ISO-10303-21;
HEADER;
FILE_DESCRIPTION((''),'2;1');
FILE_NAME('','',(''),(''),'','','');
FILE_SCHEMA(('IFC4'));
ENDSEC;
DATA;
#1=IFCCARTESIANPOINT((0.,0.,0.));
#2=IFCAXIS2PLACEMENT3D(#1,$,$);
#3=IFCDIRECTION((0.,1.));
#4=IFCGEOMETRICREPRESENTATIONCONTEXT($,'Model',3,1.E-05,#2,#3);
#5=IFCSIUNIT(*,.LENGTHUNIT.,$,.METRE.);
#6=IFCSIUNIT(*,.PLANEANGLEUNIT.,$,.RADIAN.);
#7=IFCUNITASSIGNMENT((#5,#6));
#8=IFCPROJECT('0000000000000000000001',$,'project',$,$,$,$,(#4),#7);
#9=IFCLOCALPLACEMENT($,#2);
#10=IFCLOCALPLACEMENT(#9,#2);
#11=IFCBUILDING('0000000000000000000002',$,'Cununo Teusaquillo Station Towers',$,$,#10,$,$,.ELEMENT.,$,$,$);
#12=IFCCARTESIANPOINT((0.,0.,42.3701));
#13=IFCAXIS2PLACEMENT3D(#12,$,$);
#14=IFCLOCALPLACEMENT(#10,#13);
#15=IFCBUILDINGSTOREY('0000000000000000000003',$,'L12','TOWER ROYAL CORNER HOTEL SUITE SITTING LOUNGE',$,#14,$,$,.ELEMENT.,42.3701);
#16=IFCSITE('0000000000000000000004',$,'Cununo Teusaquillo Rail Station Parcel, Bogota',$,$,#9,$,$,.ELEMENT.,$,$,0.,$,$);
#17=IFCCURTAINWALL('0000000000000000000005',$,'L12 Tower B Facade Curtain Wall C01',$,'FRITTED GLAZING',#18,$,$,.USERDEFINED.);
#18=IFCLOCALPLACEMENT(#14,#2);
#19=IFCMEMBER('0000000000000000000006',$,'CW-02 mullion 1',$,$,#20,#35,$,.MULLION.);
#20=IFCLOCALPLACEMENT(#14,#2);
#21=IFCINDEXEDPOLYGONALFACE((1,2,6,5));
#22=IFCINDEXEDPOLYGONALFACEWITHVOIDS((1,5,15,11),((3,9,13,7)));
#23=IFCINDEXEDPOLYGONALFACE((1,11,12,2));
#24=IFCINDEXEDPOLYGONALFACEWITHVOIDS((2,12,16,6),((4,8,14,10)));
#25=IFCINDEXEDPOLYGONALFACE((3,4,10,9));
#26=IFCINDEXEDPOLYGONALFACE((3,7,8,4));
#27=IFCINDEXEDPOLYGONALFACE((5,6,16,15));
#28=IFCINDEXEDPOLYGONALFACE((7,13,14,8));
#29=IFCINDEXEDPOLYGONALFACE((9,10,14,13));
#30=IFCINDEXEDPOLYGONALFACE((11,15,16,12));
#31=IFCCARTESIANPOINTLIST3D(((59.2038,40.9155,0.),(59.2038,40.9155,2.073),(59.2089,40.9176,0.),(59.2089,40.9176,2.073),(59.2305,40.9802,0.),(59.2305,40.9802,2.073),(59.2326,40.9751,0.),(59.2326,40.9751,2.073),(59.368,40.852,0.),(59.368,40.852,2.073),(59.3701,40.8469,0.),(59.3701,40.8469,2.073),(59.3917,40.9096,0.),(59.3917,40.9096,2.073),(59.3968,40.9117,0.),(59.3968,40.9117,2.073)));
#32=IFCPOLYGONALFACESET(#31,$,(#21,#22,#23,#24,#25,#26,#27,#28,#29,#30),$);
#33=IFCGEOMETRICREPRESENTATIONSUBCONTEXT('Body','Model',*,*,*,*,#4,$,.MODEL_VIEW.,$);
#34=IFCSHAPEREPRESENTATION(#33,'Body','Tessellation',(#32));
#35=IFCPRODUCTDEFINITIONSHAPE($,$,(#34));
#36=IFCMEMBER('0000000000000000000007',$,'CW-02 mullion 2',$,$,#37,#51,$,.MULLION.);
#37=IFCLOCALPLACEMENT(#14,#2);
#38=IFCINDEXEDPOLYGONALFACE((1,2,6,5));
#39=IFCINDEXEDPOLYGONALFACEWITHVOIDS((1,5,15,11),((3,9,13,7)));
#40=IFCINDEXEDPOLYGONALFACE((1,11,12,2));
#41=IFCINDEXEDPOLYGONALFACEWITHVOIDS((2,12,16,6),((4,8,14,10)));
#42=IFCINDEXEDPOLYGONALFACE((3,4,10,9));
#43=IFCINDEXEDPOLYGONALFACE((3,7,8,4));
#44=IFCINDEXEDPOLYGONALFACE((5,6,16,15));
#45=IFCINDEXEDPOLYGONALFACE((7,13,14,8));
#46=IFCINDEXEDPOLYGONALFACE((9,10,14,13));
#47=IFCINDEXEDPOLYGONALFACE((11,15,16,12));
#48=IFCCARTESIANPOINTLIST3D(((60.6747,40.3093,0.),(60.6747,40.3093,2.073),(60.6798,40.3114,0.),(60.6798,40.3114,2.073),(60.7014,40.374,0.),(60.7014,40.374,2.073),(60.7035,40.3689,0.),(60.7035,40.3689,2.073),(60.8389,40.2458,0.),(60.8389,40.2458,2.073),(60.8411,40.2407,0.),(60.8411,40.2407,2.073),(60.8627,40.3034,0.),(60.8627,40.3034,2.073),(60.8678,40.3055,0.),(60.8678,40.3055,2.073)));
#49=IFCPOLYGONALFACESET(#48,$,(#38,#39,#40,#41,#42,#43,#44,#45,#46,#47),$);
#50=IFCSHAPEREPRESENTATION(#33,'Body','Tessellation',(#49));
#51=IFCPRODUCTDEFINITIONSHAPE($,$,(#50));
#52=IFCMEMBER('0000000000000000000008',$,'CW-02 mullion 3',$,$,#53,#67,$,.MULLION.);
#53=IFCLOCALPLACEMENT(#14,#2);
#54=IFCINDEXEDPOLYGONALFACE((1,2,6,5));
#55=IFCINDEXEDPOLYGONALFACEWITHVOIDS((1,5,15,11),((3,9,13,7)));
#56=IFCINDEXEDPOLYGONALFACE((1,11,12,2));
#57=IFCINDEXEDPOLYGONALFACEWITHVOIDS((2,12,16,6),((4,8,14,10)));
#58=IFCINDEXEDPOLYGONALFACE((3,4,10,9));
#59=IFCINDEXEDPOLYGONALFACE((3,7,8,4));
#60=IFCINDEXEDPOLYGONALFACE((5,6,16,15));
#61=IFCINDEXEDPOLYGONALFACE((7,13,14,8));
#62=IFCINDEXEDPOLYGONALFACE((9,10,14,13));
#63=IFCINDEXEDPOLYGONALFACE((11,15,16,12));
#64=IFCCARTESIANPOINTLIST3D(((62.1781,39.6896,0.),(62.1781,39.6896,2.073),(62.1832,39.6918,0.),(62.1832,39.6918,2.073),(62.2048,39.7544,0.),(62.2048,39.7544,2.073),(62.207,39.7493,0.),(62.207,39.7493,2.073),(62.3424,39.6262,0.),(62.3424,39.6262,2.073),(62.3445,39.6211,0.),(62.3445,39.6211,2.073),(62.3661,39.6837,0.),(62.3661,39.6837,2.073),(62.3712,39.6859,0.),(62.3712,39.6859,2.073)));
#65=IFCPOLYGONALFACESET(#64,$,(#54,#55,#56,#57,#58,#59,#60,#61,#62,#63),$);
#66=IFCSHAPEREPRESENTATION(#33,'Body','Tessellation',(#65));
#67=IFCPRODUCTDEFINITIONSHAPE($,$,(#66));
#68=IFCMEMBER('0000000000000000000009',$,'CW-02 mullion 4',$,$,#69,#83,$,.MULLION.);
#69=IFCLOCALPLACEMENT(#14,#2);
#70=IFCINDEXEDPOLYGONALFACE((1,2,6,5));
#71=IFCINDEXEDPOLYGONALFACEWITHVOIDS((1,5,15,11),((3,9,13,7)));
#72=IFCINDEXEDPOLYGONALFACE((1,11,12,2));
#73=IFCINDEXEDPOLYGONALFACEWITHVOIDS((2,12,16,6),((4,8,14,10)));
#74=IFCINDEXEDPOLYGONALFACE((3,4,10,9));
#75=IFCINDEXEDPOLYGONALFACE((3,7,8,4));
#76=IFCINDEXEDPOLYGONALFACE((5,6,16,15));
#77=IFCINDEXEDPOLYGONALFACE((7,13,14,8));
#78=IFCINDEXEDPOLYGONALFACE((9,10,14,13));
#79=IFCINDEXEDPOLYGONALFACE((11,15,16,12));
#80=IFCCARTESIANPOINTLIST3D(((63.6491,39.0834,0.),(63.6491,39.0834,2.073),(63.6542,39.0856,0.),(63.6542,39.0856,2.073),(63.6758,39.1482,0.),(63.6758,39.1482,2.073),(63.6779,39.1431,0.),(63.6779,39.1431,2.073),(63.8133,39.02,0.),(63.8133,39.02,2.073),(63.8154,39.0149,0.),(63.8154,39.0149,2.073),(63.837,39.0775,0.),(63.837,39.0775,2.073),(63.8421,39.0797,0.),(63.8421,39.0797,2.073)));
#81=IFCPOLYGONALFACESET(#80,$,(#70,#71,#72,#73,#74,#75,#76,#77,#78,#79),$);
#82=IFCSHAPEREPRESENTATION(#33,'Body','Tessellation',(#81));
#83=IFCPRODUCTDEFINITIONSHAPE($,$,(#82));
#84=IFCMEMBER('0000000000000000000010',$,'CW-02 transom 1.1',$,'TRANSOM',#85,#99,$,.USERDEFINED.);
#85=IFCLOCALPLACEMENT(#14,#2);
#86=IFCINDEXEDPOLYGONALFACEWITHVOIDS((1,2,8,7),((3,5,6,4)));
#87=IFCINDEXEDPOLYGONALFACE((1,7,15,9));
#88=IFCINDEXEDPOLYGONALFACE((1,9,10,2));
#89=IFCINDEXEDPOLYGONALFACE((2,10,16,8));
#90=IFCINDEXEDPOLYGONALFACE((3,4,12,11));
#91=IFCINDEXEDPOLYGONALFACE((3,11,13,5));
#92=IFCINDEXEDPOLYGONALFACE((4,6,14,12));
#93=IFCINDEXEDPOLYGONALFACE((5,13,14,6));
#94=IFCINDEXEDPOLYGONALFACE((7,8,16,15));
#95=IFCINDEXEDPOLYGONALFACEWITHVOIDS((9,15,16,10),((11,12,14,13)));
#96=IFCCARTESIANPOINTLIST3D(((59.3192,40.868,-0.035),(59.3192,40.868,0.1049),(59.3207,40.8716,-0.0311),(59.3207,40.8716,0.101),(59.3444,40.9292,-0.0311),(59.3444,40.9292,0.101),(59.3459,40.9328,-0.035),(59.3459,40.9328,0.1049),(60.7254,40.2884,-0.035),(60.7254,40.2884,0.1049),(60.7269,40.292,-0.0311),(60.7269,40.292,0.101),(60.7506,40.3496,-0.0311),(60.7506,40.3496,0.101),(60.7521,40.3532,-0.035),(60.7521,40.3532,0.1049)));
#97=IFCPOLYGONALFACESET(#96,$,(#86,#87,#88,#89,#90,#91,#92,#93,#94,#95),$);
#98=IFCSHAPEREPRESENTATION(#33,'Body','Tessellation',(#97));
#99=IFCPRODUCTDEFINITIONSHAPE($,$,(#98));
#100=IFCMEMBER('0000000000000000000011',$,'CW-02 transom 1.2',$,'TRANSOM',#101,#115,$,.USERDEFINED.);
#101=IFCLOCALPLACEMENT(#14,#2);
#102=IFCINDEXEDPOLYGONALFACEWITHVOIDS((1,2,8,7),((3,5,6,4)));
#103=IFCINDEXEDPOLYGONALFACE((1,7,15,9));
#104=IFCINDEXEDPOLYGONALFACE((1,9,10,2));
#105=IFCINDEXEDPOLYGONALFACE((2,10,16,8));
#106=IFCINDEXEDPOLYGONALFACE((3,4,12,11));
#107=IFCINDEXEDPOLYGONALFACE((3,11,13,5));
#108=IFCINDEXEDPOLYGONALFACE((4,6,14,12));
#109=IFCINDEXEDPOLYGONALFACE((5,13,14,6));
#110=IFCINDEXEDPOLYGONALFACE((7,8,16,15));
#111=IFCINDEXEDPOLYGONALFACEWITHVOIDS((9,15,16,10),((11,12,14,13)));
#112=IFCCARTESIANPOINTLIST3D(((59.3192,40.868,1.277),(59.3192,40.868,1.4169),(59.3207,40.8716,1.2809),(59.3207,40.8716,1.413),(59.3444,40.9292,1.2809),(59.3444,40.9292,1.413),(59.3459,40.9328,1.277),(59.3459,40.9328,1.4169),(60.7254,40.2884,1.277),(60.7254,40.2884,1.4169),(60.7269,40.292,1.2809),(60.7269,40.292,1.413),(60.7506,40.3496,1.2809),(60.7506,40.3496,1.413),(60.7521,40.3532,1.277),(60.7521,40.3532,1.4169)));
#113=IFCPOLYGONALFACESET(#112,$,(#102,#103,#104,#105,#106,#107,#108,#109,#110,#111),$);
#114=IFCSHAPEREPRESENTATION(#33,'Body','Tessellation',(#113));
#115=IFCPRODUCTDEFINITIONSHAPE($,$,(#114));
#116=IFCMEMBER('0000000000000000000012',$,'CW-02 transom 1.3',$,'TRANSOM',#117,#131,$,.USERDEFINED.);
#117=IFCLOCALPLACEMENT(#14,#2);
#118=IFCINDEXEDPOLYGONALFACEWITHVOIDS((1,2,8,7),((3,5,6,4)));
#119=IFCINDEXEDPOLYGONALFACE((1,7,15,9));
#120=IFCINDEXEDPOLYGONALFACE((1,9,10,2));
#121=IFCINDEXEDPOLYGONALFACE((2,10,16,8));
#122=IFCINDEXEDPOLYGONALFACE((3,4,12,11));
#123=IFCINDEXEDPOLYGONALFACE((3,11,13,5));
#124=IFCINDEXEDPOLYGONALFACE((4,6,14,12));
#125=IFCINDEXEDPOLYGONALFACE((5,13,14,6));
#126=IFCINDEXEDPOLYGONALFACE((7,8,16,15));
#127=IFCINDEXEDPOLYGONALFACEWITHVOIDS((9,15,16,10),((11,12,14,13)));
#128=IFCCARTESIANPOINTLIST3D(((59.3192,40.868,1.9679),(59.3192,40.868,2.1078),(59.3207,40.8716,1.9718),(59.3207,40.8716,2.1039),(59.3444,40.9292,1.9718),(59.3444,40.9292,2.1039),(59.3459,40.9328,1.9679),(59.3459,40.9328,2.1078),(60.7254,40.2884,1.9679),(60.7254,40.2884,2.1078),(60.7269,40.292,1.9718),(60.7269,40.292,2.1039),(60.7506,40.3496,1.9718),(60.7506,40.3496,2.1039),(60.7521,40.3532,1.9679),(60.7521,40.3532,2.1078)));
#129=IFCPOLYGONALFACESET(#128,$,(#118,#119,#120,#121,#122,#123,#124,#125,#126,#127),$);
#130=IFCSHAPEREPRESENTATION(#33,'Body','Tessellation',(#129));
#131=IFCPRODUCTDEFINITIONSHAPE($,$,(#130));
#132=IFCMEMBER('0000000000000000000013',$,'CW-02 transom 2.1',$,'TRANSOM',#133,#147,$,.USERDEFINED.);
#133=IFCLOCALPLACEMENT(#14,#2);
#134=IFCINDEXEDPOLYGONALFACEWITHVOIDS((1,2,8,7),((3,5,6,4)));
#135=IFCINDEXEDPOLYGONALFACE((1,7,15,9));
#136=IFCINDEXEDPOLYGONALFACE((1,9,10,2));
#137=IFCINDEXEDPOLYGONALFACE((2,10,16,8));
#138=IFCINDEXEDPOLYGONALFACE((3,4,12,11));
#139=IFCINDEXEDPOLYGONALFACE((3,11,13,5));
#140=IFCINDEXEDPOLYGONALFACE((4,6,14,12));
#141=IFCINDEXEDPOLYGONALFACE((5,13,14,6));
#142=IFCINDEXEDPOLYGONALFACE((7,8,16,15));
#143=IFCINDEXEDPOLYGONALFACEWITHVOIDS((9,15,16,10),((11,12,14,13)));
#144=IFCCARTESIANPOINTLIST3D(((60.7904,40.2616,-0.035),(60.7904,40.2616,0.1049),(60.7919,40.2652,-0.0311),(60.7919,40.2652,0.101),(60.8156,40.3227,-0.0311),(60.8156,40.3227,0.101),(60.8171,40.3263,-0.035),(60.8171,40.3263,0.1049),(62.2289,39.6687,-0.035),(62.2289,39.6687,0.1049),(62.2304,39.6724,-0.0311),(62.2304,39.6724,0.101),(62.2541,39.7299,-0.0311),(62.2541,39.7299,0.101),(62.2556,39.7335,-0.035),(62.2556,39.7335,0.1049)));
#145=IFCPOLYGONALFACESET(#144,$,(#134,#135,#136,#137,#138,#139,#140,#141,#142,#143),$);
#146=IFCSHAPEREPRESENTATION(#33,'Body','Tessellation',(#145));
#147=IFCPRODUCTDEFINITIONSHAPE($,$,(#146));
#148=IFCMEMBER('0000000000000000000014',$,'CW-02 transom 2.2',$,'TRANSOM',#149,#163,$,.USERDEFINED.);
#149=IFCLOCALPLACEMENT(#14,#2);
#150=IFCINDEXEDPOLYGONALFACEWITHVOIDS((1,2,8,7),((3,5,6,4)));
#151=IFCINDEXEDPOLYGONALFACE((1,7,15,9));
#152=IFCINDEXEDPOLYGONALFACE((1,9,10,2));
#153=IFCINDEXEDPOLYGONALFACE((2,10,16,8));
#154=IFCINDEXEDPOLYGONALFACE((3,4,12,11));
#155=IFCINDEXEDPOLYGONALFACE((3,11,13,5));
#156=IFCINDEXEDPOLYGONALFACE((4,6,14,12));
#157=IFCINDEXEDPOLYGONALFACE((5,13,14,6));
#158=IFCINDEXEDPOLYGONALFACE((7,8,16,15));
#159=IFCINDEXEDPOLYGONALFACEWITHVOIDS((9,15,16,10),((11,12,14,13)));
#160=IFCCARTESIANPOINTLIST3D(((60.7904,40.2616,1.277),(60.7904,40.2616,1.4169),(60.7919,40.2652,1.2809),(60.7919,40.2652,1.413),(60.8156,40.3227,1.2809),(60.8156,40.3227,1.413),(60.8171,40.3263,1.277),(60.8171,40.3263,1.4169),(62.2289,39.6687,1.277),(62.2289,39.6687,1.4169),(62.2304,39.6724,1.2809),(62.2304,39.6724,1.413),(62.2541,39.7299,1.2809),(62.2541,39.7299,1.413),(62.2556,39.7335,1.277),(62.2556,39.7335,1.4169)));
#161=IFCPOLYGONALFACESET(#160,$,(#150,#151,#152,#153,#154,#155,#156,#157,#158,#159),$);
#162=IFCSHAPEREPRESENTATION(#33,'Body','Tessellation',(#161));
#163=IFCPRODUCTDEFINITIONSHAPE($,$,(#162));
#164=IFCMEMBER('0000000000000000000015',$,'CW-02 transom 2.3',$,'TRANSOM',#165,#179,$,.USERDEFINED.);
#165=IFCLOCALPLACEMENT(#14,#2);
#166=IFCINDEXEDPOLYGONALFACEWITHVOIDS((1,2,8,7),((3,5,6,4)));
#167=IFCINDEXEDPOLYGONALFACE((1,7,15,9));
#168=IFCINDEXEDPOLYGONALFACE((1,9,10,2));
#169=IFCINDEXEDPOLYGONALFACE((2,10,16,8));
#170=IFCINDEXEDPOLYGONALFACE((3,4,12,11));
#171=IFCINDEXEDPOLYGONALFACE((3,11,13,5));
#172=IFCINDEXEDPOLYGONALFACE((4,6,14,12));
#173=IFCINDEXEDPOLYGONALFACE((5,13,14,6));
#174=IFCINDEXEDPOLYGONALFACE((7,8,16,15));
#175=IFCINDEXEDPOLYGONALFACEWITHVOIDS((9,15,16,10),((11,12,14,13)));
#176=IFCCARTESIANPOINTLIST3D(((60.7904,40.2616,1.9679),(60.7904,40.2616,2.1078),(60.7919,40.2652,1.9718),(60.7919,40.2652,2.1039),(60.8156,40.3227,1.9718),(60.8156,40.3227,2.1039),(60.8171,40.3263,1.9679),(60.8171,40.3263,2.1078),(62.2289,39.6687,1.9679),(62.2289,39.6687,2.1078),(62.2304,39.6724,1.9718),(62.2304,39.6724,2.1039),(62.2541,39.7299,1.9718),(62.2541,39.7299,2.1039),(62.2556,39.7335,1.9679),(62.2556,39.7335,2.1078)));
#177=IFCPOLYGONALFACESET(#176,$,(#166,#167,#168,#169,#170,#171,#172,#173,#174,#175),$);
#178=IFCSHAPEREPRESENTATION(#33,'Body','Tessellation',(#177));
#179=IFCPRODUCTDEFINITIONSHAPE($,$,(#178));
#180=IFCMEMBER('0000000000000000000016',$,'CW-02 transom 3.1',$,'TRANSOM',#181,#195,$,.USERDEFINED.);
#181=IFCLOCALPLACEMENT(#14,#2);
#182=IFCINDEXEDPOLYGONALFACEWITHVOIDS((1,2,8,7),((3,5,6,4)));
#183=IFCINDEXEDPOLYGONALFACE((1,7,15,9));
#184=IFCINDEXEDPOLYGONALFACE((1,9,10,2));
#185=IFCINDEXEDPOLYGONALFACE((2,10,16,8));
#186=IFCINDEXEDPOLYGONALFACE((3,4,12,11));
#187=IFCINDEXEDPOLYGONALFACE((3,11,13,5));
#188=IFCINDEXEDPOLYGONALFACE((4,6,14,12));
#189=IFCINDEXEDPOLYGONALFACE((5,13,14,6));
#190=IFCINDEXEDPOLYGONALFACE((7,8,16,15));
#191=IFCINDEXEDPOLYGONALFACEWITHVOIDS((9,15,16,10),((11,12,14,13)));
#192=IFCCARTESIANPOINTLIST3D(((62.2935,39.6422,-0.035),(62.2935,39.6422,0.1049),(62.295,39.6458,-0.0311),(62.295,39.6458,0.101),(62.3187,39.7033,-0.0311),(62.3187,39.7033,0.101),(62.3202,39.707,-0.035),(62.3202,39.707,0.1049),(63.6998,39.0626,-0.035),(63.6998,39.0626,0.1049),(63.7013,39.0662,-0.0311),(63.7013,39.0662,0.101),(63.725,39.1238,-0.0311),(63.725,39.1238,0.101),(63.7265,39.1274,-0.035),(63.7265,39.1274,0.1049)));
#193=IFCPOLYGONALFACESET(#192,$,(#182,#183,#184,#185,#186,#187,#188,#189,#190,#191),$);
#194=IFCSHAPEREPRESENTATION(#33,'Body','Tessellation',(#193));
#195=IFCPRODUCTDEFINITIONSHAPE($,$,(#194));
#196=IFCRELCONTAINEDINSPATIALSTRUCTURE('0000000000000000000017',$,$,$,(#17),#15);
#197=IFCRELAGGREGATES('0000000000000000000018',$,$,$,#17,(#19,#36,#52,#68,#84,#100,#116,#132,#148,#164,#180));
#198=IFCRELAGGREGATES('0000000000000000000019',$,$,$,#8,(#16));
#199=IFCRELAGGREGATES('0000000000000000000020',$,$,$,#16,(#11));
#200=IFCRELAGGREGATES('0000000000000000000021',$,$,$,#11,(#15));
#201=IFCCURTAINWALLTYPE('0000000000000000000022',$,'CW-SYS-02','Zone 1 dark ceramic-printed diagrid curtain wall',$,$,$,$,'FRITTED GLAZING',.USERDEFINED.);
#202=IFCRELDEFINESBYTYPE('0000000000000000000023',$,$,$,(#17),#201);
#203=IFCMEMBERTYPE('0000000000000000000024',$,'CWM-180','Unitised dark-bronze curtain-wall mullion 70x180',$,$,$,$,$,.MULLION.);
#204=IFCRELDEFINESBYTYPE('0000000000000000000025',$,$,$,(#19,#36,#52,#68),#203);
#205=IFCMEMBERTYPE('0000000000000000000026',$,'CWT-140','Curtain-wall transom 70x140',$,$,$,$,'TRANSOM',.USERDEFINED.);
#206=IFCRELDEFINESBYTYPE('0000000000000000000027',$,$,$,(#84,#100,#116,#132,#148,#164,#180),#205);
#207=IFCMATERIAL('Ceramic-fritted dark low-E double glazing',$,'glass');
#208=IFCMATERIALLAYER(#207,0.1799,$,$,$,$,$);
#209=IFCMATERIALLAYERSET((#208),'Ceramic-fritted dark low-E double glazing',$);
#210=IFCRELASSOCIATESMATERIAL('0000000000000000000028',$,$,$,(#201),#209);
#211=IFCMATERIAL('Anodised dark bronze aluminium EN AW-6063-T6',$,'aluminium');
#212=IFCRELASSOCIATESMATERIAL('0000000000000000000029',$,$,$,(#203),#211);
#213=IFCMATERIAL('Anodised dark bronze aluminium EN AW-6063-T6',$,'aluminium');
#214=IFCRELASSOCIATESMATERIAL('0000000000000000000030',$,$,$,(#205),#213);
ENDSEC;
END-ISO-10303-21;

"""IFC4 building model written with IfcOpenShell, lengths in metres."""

from ifc_helpers import new_model, si_unit, direction, frame, origin, origin_2d, place, context, subcontext, project, spatial, hollow_rectangle, extrude, material, layer, layer_set, material_profile, profile_set, type_object, element, aggregate, save


model = new_model("IFC4")

# Units and contexts
model_context = context("Model", 3, precision=1e-05, world=origin(), true_north=direction((0.0, 1.0)))
body_context = subcontext(model_context, "Body", "Model", "MODEL_VIEW")
ifc_project = project(units=[si_unit("LENGTHUNIT", "METRE"), si_unit("PLANEANGLEUNIT", "RADIAN")], contexts=[model_context])

# Site, building, storey
site_placement = place(None, origin())
site = spatial("IfcSite", under=ifc_project, at=site_placement, Name="Cununo Teusaquillo Rail Station Parcel, Bogota", CompositionType="ELEMENT", RefElevation=0.0)
building_placement = place(site_placement, origin())
building = spatial("IfcBuilding", under=site, at=building_placement, Name="Cununo Teusaquillo Station Towers", CompositionType="ELEMENT")
storey_placement = place(building_placement, frame((0.0, 0.0, 42.3701)))
storey = spatial("IfcBuildingStorey", under=building, at=storey_placement, Name="L12", Description="TOWER ROYAL CORNER HOTEL SUITE SITTING LOUNGE", CompositionType="ELEMENT", Elevation=42.3701)

# Curtain wall, members
ifc_material_1 = material(Name="Ceramic-fritted dark low-E double glazing", Category="glass")
ifc_layer_1 = layer(ifc_material_1, 0.1799)
ifc_layer_set_1 = layer_set([ifc_layer_1], Name="Ceramic-fritted dark low-E double glazing")
curtain_wall_type = type_object("IfcCurtainWallType", Name="CW-SYS-02", Description="Zone 1 dark ceramic-printed diagrid curtain wall", ElementType="FRITTED GLAZING", PredefinedType="USERDEFINED", material=ifc_layer_set_1)
curtain_wall_placement = place(storey_placement, origin())
curtain_wall = element("IfcCurtainWall", 1, at=curtain_wall_placement, inside=storey, type_object=curtain_wall_type, Name="L12 Tower B Facade Curtain Wall C01", ObjectType="FRITTED GLAZING", PredefinedType="USERDEFINED")
ifc_material_2 = material(Name="Anodised dark bronze aluminium EN AW-6063-T6", Category="aluminium")
ifc_material_profile_1 = material_profile(ifc_material_2, hollow_rectangle(XDim=0.0701, YDim=0.1799, WallThickness=0.0039, at=origin_2d()), Name="CW-MULL-70x180")
ifc_profile_set_1 = profile_set([ifc_material_profile_1], Name="Anodised dark bronze aluminium EN AW-6063-T6")
member_type_1 = type_object("IfcMemberType", Name="CWM-180", Description="Unitised dark-bronze curtain-wall mullion 70x180", PredefinedType="MULLION", material=ifc_profile_set_1)
member_1_placement = place(storey_placement, frame((59.3003, 40.9136, 0.0), z_axis=(0.0, 0.0, 1.0), x_axis=(0.381055, 0.924552, 0.0)))
member_1 = element("IfcMember", 2, at=member_1_placement, type_object=member_type_1, Name="CW-02 mullion 1", PredefinedType="MULLION", context=body_context, shape_type="SweptSolid", body=[
    extrude(hollow_rectangle(XDim=0.0701, YDim=0.1799, WallThickness=0.0039, at=origin_2d()), origin(), (0.0, 0.0, 1.0), 2.073),
])
member_2_placement = place(storey_placement, frame((60.7712, 40.3074, 0.0), z_axis=(0.0, 0.0, 1.0), x_axis=(0.381055, 0.924552, 0.0)))
member_2 = element("IfcMember", 3, at=member_2_placement, type_object=member_type_1, Name="CW-02 mullion 2", PredefinedType="MULLION", context=body_context, shape_type="SweptSolid", body=[
    extrude(hollow_rectangle(XDim=0.0701, YDim=0.1799, WallThickness=0.0039, at=origin_2d()), origin(), (0.0, 0.0, 1.0), 2.073),
])
member_3_placement = place(storey_placement, frame((62.2747, 39.6877, 0.0), z_axis=(0.0, 0.0, 1.0), x_axis=(0.381055, 0.924552, 0.0)))
member_3 = element("IfcMember", 4, at=member_3_placement, type_object=member_type_1, Name="CW-02 mullion 3", PredefinedType="MULLION", context=body_context, shape_type="SweptSolid", body=[
    extrude(hollow_rectangle(XDim=0.0701, YDim=0.1799, WallThickness=0.0039, at=origin_2d()), origin(), (0.0, 0.0, 1.0), 2.073),
])
member_4_placement = place(storey_placement, frame((63.7456, 39.0815, 0.0), z_axis=(0.0, 0.0, 1.0), x_axis=(0.381055, 0.924552, 0.0)))
member_4 = element("IfcMember", 5, at=member_4_placement, type_object=member_type_1, Name="CW-02 mullion 4", PredefinedType="MULLION", context=body_context, shape_type="SweptSolid", body=[
    extrude(hollow_rectangle(XDim=0.0701, YDim=0.1799, WallThickness=0.0039, at=origin_2d()), origin(), (0.0, 0.0, 1.0), 2.073),
])
ifc_material_3 = material(Name="Anodised dark bronze aluminium EN AW-6063-T6", Category="aluminium")
ifc_material_profile_2 = material_profile(ifc_material_3, hollow_rectangle(XDim=0.0701, YDim=0.1399, WallThickness=0.0039, at=origin_2d()), Name="CW-TRAN-70x140")
ifc_profile_set_2 = profile_set([ifc_material_profile_2], Name="Anodised dark bronze aluminium EN AW-6063-T6")
member_type_2 = type_object("IfcMemberType", Name="CWT-140", Description="Curtain-wall transom 70x140", ElementType="TRANSOM", PredefinedType="USERDEFINED", material=ifc_profile_set_2)
member_5_placement = place(storey_placement, frame((59.3325, 40.9004, 0.0349), z_axis=(0.924552, -0.381057, 0.0), x_axis=(0.381057, 0.924552, 0.0)))
member_5 = element("IfcMember", 6, at=member_5_placement, type_object=member_type_2, Name="CW-02 transom 1.1", ObjectType="TRANSOM", PredefinedType="USERDEFINED", context=body_context, shape_type="SweptSolid", body=[
    extrude(hollow_rectangle(XDim=0.0701, YDim=0.1399, WallThickness=0.0039, at=origin_2d()), origin(), (0.0, 0.0, 1.0), 1.521),
])
member_6_placement = place(storey_placement, frame((59.3325, 40.9004, 1.3469), z_axis=(0.924552, -0.381057, 0.0), x_axis=(0.381057, 0.924552, 0.0)))
member_6 = element("IfcMember", 7, at=member_6_placement, type_object=member_type_2, Name="CW-02 transom 1.2", ObjectType="TRANSOM", PredefinedType="USERDEFINED", context=body_context, shape_type="SweptSolid", body=[
    extrude(hollow_rectangle(XDim=0.0701, YDim=0.1399, WallThickness=0.0039, at=origin_2d()), origin(), (0.0, 0.0, 1.0), 1.521),
])
member_7_placement = place(storey_placement, frame((59.3325, 40.9004, 2.0378), z_axis=(0.924552, -0.381057, 0.0), x_axis=(0.381057, 0.924552, 0.0)))
member_7 = element("IfcMember", 8, at=member_7_placement, type_object=member_type_2, Name="CW-02 transom 1.3", ObjectType="TRANSOM", PredefinedType="USERDEFINED", context=body_context, shape_type="SweptSolid", body=[
    extrude(hollow_rectangle(XDim=0.0701, YDim=0.1399, WallThickness=0.0039, at=origin_2d()), origin(), (0.0, 0.0, 1.0), 1.521),
])
member_8_placement = place(storey_placement, frame((60.8037, 40.2939, 0.0349), z_axis=(0.924574, -0.381002, 0.0), x_axis=(0.381002, 0.924574, 0.0)))
member_8 = element("IfcMember", 9, at=member_8_placement, type_object=member_type_2, Name="CW-02 transom 2.1", ObjectType="TRANSOM", PredefinedType="USERDEFINED", context=body_context, shape_type="SweptSolid", body=[
    extrude(hollow_rectangle(XDim=0.0701, YDim=0.1399, WallThickness=0.0039, at=origin_2d()), origin(), (0.0, 0.0, 1.0), 1.5559),
])
member_9_placement = place(storey_placement, frame((60.8037, 40.2939, 1.3469), z_axis=(0.924574, -0.381002, 0.0), x_axis=(0.381002, 0.924574, 0.0)))
member_9 = element("IfcMember", 10, at=member_9_placement, type_object=member_type_2, Name="CW-02 transom 2.2", ObjectType="TRANSOM", PredefinedType="USERDEFINED", context=body_context, shape_type="SweptSolid", body=[
    extrude(hollow_rectangle(XDim=0.0701, YDim=0.1399, WallThickness=0.0039, at=origin_2d()), origin(), (0.0, 0.0, 1.0), 1.5559),
])
member_10_placement = place(storey_placement, frame((60.8037, 40.2939, 2.0378), z_axis=(0.924574, -0.381002, 0.0), x_axis=(0.381002, 0.924574, 0.0)))
member_10 = element("IfcMember", 11, at=member_10_placement, type_object=member_type_2, Name="CW-02 transom 2.3", ObjectType="TRANSOM", PredefinedType="USERDEFINED", context=body_context, shape_type="SweptSolid", body=[
    extrude(hollow_rectangle(XDim=0.0701, YDim=0.1399, WallThickness=0.0039, at=origin_2d()), origin(), (0.0, 0.0, 1.0), 1.5559),
])
member_11_placement = place(storey_placement, frame((62.3069, 39.6746, 0.0349), z_axis=(0.924552, -0.381057, 0.0), x_axis=(0.381057, 0.924552, 0.0)))
member_11 = element("IfcMember", 12, at=member_11_placement, type_object=member_type_2, Name="CW-02 transom 3.1", ObjectType="TRANSOM", PredefinedType="USERDEFINED", context=body_context, shape_type="SweptSolid", body=[
    extrude(hollow_rectangle(XDim=0.0701, YDim=0.1399, WallThickness=0.0039, at=origin_2d()), origin(), (0.0, 0.0, 1.0), 1.521),
])

aggregate(curtain_wall, [member_1, member_2, member_3, member_4, member_5, member_6, member_7, member_8, member_9, member_10, member_11])

save(model, "model.ifc")
